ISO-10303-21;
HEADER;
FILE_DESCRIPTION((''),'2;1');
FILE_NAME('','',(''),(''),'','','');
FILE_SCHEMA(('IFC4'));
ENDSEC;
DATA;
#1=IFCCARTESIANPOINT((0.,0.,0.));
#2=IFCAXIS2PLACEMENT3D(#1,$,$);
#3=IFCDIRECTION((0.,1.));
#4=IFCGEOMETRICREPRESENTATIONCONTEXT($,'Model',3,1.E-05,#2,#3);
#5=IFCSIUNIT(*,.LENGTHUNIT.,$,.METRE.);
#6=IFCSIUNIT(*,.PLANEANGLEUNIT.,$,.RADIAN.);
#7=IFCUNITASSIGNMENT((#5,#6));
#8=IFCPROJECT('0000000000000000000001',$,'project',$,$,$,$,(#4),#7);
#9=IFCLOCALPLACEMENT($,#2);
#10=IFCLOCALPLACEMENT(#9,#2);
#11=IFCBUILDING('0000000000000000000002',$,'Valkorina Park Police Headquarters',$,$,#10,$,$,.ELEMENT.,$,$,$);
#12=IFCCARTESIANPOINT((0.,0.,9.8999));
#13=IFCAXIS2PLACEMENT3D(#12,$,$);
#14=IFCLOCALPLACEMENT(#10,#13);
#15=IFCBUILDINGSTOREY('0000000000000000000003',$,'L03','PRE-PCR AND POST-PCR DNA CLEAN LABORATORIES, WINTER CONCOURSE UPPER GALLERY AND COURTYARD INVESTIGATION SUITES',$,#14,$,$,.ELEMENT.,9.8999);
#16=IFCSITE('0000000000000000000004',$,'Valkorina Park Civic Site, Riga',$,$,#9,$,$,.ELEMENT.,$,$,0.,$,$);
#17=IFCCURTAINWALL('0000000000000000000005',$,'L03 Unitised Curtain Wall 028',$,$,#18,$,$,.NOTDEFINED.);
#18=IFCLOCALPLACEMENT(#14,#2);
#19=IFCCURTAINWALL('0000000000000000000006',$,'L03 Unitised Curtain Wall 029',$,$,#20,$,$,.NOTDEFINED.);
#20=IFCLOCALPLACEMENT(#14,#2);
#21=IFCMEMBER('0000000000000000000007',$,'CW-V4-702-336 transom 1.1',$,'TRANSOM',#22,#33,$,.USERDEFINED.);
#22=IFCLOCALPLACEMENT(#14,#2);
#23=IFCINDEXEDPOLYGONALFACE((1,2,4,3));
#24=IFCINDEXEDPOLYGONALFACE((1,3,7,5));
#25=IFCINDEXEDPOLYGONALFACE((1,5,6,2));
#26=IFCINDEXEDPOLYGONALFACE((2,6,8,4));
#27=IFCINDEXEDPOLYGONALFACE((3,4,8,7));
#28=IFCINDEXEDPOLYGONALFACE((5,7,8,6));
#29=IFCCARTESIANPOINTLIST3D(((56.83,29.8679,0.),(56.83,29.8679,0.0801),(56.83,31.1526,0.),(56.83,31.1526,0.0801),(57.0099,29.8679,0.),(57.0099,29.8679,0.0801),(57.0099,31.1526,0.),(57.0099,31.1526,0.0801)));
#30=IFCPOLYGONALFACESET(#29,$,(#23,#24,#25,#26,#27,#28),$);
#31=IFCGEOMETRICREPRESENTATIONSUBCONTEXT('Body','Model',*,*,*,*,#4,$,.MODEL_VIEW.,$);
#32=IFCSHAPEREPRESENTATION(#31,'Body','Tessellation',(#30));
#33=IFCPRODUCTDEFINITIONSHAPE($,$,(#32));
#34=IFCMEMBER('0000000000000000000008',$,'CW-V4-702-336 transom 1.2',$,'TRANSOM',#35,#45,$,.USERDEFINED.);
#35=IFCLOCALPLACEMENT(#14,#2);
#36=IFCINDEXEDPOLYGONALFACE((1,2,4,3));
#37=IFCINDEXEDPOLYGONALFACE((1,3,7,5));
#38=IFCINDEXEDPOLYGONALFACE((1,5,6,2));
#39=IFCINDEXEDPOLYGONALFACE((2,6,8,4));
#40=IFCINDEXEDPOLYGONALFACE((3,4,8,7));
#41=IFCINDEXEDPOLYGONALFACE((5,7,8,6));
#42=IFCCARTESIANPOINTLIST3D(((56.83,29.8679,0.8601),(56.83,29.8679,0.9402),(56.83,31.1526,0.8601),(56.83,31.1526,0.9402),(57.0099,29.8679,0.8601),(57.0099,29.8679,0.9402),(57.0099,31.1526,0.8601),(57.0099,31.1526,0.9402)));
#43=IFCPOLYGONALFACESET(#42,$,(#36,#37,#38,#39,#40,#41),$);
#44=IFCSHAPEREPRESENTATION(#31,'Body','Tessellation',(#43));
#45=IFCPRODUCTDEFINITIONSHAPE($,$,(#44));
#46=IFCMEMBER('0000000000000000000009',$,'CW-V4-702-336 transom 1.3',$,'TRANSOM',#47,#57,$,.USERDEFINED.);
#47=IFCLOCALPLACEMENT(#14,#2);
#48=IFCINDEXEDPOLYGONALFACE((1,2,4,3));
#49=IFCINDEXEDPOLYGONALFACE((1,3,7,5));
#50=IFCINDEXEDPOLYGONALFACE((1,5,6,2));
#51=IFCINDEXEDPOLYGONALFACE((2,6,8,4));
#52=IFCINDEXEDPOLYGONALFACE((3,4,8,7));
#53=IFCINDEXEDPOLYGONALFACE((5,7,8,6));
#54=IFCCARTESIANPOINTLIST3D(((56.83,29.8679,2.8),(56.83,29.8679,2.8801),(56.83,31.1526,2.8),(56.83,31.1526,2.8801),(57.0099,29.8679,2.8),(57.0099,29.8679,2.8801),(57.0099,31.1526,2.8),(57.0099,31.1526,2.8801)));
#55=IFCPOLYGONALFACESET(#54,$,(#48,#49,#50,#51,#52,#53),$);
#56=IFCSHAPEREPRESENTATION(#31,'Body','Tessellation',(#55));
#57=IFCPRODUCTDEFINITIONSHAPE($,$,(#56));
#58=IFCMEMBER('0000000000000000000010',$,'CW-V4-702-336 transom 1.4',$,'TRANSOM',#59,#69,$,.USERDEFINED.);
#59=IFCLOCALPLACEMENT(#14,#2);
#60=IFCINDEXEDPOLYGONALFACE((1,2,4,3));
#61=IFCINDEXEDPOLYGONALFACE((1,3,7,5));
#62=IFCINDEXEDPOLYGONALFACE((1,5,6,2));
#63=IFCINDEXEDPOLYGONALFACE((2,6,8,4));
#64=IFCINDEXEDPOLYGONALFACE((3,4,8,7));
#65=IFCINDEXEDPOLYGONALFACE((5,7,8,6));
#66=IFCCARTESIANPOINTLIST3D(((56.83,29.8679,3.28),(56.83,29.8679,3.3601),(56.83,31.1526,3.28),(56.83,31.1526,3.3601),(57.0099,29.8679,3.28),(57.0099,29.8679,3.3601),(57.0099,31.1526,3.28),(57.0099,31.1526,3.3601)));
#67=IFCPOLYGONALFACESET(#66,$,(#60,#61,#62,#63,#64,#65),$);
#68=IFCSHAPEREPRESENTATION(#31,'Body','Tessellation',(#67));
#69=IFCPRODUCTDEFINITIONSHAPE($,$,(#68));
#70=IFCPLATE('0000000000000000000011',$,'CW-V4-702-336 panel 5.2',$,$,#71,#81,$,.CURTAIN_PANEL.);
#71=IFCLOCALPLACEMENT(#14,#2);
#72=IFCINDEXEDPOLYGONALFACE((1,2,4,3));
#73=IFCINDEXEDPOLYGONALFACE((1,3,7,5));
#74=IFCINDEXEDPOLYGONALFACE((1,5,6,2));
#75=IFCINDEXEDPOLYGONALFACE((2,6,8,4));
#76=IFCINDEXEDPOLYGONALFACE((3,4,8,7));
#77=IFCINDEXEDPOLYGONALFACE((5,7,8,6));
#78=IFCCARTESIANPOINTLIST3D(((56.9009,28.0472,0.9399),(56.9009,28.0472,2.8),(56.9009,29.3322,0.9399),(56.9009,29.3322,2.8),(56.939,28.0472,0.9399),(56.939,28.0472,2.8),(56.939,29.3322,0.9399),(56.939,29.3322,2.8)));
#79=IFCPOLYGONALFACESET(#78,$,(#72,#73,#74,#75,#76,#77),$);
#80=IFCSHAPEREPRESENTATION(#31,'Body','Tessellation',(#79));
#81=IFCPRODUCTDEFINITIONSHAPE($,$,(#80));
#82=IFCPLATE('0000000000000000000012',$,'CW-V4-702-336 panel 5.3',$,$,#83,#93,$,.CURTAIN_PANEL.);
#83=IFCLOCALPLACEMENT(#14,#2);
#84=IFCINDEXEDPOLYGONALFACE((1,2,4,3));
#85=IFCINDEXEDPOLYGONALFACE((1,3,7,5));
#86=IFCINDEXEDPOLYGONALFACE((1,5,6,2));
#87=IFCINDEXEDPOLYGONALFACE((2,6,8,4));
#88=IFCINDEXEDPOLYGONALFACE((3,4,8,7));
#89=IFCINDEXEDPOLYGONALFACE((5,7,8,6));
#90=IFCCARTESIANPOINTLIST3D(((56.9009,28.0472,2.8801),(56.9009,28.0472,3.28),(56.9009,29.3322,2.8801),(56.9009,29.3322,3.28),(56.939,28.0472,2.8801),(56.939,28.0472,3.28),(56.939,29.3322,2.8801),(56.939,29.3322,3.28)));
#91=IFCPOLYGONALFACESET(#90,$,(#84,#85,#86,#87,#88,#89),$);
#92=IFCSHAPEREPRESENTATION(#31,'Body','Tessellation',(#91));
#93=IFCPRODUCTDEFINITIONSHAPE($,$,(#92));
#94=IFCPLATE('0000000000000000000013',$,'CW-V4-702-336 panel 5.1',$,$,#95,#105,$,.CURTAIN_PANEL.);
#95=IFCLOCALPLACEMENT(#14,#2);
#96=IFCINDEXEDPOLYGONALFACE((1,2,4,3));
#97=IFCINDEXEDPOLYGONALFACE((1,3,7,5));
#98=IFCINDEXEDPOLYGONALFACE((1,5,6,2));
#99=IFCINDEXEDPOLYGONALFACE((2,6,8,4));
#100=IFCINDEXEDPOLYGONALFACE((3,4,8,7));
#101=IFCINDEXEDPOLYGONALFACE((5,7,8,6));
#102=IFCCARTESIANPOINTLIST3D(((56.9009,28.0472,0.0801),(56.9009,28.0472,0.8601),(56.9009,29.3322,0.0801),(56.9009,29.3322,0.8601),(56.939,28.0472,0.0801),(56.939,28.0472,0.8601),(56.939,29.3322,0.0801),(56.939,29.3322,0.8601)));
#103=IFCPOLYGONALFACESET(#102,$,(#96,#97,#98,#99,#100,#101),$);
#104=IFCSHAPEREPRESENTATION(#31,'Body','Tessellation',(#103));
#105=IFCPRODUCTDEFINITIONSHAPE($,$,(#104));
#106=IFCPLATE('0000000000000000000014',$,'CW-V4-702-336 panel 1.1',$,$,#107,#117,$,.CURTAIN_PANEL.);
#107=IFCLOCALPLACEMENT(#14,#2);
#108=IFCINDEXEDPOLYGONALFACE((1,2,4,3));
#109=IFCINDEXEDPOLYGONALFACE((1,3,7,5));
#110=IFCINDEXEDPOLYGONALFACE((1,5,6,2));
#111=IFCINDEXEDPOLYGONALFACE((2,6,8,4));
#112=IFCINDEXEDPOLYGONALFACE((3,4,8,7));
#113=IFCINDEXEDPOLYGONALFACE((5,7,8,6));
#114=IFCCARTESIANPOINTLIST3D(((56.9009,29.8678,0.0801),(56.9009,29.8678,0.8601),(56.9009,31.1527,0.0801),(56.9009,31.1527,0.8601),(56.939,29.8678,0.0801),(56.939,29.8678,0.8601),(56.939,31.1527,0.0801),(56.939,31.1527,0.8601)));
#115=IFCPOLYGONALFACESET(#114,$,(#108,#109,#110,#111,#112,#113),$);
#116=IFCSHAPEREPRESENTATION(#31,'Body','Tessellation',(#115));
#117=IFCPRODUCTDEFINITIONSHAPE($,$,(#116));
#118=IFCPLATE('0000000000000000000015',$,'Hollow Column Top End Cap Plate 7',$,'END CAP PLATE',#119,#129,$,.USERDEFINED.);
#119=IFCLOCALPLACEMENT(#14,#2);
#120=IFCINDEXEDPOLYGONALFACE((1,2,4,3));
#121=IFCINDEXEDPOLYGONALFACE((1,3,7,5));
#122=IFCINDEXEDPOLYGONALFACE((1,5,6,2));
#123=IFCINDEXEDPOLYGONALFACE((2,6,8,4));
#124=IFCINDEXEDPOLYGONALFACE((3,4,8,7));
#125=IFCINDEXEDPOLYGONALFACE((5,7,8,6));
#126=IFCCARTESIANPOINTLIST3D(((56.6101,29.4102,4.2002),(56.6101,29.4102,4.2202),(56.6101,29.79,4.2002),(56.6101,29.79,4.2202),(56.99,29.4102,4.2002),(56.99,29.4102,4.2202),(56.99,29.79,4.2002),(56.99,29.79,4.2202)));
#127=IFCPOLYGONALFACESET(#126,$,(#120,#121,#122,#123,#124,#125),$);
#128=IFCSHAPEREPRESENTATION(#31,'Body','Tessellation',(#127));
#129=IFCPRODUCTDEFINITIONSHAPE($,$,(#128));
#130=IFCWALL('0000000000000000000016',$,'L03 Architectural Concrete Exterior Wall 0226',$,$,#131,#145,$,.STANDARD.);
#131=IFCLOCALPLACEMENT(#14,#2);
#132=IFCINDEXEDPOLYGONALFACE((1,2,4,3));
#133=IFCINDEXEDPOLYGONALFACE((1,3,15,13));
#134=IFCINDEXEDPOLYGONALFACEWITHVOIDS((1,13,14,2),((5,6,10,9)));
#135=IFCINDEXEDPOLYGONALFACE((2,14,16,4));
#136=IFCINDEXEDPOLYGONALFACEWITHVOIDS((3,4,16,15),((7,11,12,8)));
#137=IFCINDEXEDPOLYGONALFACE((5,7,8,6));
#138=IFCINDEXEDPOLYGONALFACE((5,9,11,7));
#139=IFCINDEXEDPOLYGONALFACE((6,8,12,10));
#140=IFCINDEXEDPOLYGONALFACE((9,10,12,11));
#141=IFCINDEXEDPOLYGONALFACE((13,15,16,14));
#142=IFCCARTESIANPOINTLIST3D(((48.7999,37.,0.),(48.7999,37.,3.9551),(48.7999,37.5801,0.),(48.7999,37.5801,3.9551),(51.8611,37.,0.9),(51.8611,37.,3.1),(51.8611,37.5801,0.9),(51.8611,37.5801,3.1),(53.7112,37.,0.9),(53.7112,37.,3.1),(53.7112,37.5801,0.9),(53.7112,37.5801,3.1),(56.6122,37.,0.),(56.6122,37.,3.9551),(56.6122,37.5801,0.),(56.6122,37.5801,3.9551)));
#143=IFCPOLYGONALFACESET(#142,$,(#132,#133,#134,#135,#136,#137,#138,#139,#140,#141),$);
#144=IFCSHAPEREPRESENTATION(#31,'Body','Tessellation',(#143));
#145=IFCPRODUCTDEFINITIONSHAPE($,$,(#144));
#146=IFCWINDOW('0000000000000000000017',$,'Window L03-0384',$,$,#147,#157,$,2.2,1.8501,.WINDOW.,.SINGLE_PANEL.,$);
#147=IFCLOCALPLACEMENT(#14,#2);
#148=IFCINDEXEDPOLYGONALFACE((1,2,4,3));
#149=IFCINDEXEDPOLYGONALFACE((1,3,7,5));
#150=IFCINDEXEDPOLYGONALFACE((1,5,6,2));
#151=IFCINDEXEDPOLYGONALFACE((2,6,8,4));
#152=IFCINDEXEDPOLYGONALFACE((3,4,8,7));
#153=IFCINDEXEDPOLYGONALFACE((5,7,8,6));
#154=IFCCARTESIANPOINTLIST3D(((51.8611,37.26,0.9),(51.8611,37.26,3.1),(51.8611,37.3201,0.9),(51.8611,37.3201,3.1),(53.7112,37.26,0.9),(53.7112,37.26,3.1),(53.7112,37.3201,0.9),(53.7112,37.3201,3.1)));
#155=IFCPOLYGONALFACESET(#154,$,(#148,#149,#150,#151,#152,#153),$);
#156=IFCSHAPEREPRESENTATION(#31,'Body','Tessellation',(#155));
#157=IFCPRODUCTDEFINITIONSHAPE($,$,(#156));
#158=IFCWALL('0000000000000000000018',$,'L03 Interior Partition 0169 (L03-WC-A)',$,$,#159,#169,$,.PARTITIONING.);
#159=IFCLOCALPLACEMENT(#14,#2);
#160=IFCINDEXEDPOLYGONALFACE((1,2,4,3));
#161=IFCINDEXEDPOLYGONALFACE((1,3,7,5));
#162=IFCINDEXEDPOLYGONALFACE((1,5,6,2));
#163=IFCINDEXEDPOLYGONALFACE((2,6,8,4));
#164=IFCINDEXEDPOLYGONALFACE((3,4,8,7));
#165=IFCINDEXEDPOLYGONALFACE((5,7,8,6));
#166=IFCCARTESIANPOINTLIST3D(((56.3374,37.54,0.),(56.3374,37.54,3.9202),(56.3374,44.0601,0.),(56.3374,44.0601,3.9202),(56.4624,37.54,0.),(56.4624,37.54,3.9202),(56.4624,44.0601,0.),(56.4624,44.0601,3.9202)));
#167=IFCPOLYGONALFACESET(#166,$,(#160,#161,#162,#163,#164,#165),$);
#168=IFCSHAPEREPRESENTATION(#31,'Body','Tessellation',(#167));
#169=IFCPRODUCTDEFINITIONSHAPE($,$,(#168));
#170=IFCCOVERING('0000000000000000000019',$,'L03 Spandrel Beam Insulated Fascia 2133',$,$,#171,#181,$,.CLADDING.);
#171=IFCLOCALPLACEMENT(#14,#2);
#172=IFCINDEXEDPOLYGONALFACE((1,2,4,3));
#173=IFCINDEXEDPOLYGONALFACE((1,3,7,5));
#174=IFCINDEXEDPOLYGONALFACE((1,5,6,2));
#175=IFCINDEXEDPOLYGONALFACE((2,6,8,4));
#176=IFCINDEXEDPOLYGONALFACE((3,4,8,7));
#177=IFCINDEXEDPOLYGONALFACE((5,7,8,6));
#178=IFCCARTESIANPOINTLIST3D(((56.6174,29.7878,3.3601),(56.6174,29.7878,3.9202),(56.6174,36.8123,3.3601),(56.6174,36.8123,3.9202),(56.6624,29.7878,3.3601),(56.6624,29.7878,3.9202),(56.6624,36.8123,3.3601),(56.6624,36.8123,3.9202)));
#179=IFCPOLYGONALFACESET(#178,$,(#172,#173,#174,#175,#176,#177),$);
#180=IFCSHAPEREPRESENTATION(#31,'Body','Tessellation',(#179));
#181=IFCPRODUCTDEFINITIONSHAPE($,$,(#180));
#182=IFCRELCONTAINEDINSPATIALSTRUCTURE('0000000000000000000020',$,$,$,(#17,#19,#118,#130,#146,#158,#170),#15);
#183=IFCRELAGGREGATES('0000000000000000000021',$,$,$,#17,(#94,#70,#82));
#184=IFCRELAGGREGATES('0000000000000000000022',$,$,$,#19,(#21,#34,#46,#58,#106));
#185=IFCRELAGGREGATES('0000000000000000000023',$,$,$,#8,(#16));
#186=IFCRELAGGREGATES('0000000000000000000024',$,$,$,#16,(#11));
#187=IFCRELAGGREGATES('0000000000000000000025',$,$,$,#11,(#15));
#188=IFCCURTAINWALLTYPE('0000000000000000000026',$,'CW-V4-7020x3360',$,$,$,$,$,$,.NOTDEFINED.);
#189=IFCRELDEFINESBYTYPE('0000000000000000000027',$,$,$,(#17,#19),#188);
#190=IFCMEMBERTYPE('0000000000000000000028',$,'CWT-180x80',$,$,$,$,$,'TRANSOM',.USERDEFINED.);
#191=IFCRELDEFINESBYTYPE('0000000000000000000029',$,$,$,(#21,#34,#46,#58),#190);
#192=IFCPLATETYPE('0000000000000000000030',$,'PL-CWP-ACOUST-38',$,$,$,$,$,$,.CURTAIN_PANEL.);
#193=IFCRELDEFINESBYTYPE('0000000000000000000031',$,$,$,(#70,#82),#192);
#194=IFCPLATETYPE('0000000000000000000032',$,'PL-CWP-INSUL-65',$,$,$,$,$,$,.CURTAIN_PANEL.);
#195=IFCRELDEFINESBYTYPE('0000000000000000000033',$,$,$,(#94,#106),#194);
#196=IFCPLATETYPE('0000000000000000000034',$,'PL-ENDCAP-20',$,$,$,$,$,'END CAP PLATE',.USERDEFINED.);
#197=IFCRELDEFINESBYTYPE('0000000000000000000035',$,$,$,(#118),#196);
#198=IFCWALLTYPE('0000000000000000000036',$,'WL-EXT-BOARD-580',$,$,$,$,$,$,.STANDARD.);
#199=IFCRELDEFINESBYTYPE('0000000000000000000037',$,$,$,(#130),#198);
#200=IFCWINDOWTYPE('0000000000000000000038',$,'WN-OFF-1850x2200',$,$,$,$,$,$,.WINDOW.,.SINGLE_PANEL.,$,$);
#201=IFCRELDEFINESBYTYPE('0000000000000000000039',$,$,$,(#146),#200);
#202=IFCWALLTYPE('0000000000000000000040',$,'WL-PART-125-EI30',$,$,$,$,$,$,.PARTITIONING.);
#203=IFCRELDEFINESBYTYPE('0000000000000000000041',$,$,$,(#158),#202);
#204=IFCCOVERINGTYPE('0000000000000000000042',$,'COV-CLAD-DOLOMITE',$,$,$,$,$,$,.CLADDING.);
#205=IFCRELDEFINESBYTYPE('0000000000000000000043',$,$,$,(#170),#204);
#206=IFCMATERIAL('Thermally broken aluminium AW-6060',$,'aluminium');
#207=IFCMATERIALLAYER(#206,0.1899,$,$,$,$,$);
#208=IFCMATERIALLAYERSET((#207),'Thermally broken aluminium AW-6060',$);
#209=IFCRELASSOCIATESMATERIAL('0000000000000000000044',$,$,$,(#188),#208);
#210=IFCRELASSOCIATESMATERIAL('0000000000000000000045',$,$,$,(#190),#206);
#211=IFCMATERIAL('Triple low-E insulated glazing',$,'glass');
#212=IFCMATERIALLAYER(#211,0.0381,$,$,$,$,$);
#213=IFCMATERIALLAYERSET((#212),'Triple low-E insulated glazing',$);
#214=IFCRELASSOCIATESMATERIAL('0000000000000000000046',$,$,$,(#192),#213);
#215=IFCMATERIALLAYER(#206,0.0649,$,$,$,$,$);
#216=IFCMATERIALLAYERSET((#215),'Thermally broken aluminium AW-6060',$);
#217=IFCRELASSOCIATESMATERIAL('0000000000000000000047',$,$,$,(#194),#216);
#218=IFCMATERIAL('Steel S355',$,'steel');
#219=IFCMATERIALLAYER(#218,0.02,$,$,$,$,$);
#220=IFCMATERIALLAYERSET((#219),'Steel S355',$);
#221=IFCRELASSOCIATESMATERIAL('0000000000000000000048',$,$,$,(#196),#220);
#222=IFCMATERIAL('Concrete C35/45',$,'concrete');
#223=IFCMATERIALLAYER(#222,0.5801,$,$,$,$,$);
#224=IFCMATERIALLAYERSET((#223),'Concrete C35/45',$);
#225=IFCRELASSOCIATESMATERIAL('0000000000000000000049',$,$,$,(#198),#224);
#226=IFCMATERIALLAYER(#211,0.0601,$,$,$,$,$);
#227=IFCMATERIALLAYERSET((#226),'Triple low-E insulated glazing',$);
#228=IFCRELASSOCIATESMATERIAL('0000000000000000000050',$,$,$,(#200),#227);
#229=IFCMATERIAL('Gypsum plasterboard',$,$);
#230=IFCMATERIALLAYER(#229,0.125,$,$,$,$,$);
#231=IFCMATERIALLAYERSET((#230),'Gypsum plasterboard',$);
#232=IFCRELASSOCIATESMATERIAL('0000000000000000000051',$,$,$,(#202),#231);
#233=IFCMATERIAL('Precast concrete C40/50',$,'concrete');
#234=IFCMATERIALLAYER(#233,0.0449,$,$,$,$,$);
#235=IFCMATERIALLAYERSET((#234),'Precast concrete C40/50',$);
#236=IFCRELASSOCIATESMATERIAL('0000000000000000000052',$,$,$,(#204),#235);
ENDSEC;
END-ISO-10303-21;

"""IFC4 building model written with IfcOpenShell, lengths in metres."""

from ifc_helpers import new_model, si_unit, direction, frame, frame_2d, origin, origin_2d, place, context, subcontext, project, spatial, rectangle, extrude, material, layer, layer_set, material_profile, profile_set, type_object, element, fill, aggregate, save


model = new_model("IFC4")

# Units and contexts
model_context = context("Model", 3, precision=1e-05, world=origin(), true_north=direction((0.0, 1.0)))
body_context = subcontext(model_context, "Body", "Model", "MODEL_VIEW")
ifc_project = project(units=[si_unit("LENGTHUNIT", "METRE"), si_unit("PLANEANGLEUNIT", "RADIAN")], contexts=[model_context])

# Site, building, storey
site_placement = place(None, origin())
site = spatial("IfcSite", under=ifc_project, at=site_placement, Name="Valkorina Park Civic Site, Riga", CompositionType="ELEMENT", RefElevation=0.0)
building_placement = place(site_placement, origin())
building = spatial("IfcBuilding", under=site, at=building_placement, Name="Valkorina Park Police Headquarters", CompositionType="ELEMENT")
storey_placement = place(building_placement, frame((0.0, 0.0, 9.8999)))
storey = spatial("IfcBuildingStorey", under=building, at=storey_placement, Name="L03", Description="PRE-PCR AND POST-PCR DNA CLEAN LABORATORIES, WINTER CONCOURSE UPPER GALLERY AND COURTYARD INVESTIGATION SUITES", CompositionType="ELEMENT", Elevation=9.8999)

# Shared definitions
ifc_material_1 = material(Name="Steel S355", Category="steel")

# Curtain wall
ifc_material_2 = material(Name="Thermally broken aluminium AW-6060", Category="aluminium")
ifc_layer_1 = layer(ifc_material_2, 0.1899)
ifc_layer_set_1 = layer_set([ifc_layer_1], Name="Thermally broken aluminium AW-6060")
curtain_wall_type = type_object("IfcCurtainWallType", Name="CW-V4-7020x3360", PredefinedType="NOTDEFINED", material=ifc_layer_set_1)
curtain_wall_1_placement = place(storey_placement, origin())
curtain_wall_1 = element("IfcCurtainWall", 1, at=curtain_wall_1_placement, inside=storey, type_object=curtain_wall_type, Name="L03 Unitised Curtain Wall 028", PredefinedType="NOTDEFINED")

# Curtain wall
curtain_wall_2_placement = place(storey_placement, origin())
curtain_wall_2 = element("IfcCurtainWall", 2, at=curtain_wall_2_placement, inside=storey, type_object=curtain_wall_type, Name="L03 Unitised Curtain Wall 029", PredefinedType="NOTDEFINED")

# Members
ifc_material_profile_1 = material_profile(ifc_material_2, rectangle(XDim=0.1799, YDim=0.0801, at=origin_2d()), Name="CWT-03 180x80")
ifc_profile_set_1 = profile_set([ifc_material_profile_1], Name="Thermally broken aluminium AW-6060")
member_type_1 = type_object("IfcMemberType", Name="CWT-180x80", ElementType="TRANSOM", PredefinedType="USERDEFINED", material=ifc_profile_set_1)
member_1_placement = place(storey_placement, frame((56.9199, 29.8679, 0.04), z_axis=(0.0, 1.0, 0.0), x_axis=(-1.0, 0.0, 0.0)))
member_1 = element("IfcMember", 3, at=member_1_placement, type_object=member_type_1, Name="CW-V4-702-336 transom 1.1", ObjectType="TRANSOM", PredefinedType="USERDEFINED", context=body_context, shape_type="SweptSolid", body=[
    extrude(rectangle(XDim=0.1799, YDim=0.0801, at=origin_2d()), origin(), (0.0, 0.0, 1.0), 1.2847),
])
member_2_placement = place(storey_placement, frame((56.9199, 29.8679, 0.9001), z_axis=(0.0, 1.0, 0.0), x_axis=(-1.0, 0.0, 0.0)))
member_2 = element("IfcMember", 4, at=member_2_placement, type_object=member_type_1, Name="CW-V4-702-336 transom 1.2", ObjectType="TRANSOM", PredefinedType="USERDEFINED", context=body_context, shape_type="SweptSolid", body=[
    extrude(rectangle(XDim=0.1799, YDim=0.0801, at=origin_2d()), origin(), (0.0, 0.0, 1.0), 1.2847),
])
member_3_placement = place(storey_placement, frame((56.9199, 29.8679, 2.8401), z_axis=(0.0, 1.0, 0.0), x_axis=(-1.0, 0.0, 0.0)))
member_3 = element("IfcMember", 5, at=member_3_placement, type_object=member_type_1, Name="CW-V4-702-336 transom 1.3", ObjectType="TRANSOM", PredefinedType="USERDEFINED", context=body_context, shape_type="SweptSolid", body=[
    extrude(rectangle(XDim=0.1799, YDim=0.0801, at=origin_2d()), origin(), (0.0, 0.0, 1.0), 1.2847),
])
member_4_placement = place(storey_placement, frame((56.9199, 29.8679, 3.3201), z_axis=(0.0, 1.0, 0.0), x_axis=(-1.0, 0.0, 0.0)))
member_4 = element("IfcMember", 6, at=member_4_placement, type_object=member_type_1, Name="CW-V4-702-336 transom 1.4", ObjectType="TRANSOM", PredefinedType="USERDEFINED", context=body_context, shape_type="SweptSolid", body=[
    extrude(rectangle(XDim=0.1799, YDim=0.0801, at=origin_2d()), origin(), (0.0, 0.0, 1.0), 1.2847),
])

# Plates
ifc_material_3 = material(Name="Triple low-E insulated glazing", Category="glass")
ifc_layer_2 = layer(ifc_material_3, 0.0381)
ifc_layer_set_2 = layer_set([ifc_layer_2], Name="Triple low-E insulated glazing")
plate_type_1 = type_object("IfcPlateType", Name="PL-CWP-ACOUST-38", PredefinedType="CURTAIN_PANEL", material=ifc_layer_set_2)
plate_1_placement = place(storey_placement, frame((56.9199, 28.6897, 0.9399), z_axis=(0.0, 0.0, 1.0), x_axis=(0.0, 1.0, 0.0)))
plate_1 = element("IfcPlate", 7, at=plate_1_placement, type_object=plate_type_1, Name="CW-V4-702-336 panel 5.2", PredefinedType="CURTAIN_PANEL", context=body_context, shape_type="SweptSolid", body=[
    extrude(rectangle(XDim=1.2849, YDim=0.0381, at=origin_2d()), origin(), (0.0, 0.0, 1.0), 1.8601),
])
plate_2_placement = place(storey_placement, frame((56.9199, 28.6897, 2.8801), z_axis=(0.0, 0.0, 1.0), x_axis=(0.0, 1.0, 0.0)))
plate_2 = element("IfcPlate", 8, at=plate_2_placement, type_object=plate_type_1, Name="CW-V4-702-336 panel 5.3", PredefinedType="CURTAIN_PANEL", context=body_context, shape_type="SweptSolid", body=[
    extrude(rectangle(XDim=1.2849, YDim=0.0381, at=origin_2d()), origin(), (0.0, 0.0, 1.0), 0.3999),
])
ifc_layer_3 = layer(ifc_material_2, 0.0649)
ifc_layer_set_3 = layer_set([ifc_layer_3], Name="Thermally broken aluminium AW-6060")
plate_type_2 = type_object("IfcPlateType", Name="PL-CWP-INSUL-65", PredefinedType="CURTAIN_PANEL", material=ifc_layer_set_3)
plate_3_placement = place(storey_placement, frame((56.9199, 28.6897, 0.0801), z_axis=(0.0, 0.0, 1.0), x_axis=(0.0, 1.0, 0.0)))
plate_3 = element("IfcPlate", 9, at=plate_3_placement, type_object=plate_type_2, Name="CW-V4-702-336 panel 5.1", PredefinedType="CURTAIN_PANEL", context=body_context, shape_type="SweptSolid", body=[
    extrude(rectangle(XDim=1.2849, YDim=0.0381, at=origin_2d()), origin(), (0.0, 0.0, 1.0), 0.78),
])
aggregate(curtain_wall_1, [plate_3, plate_1, plate_2])
plate_4_placement = place(storey_placement, frame((56.9199, 30.5103, 0.0801), z_axis=(0.0, 0.0, 1.0), x_axis=(0.0, 1.0, 0.0)))
plate_4 = element("IfcPlate", 10, at=plate_4_placement, type_object=plate_type_2, Name="CW-V4-702-336 panel 1.1", PredefinedType="CURTAIN_PANEL", context=body_context, shape_type="SweptSolid", body=[
    extrude(rectangle(XDim=1.2849, YDim=0.0381, at=origin_2d()), origin(), (0.0, 0.0, 1.0), 0.78),
])
aggregate(curtain_wall_2, [member_1, member_2, member_3, member_4, plate_4])
ifc_layer_4 = layer(ifc_material_1, 0.02)
ifc_layer_set_4 = layer_set([ifc_layer_4], Name="Steel S355")
plate_type_3 = type_object("IfcPlateType", Name="PL-ENDCAP-20", ElementType="END CAP PLATE", PredefinedType="USERDEFINED", material=ifc_layer_set_4)
plate_5_placement = place(storey_placement, frame((56.8, 29.6001, 4.2002), z_axis=(0.0, 0.0, 1.0), x_axis=(1.0, 0.0, 0.0)))
element("IfcPlate", 11, at=plate_5_placement, inside=storey, type_object=plate_type_3, Name="Hollow Column Top End Cap Plate 7", ObjectType="END CAP PLATE", PredefinedType="USERDEFINED", context=body_context, shape_type="SweptSolid", body=[
    extrude(rectangle(XDim=0.3799, YDim=0.3799, at=origin_2d()), origin(), (0.0, 0.0, 1.0), 0.02),
])

# Wall, opening, window
ifc_material_4 = material(Name="Concrete C35/45", Category="concrete")
ifc_layer_5 = layer(ifc_material_4, 0.5801)
ifc_layer_set_5 = layer_set([ifc_layer_5], Name="Concrete C35/45")
wall_type_1 = type_object("IfcWallType", Name="WL-EXT-BOARD-580", PredefinedType="STANDARD", material=ifc_layer_set_5)
wall_1_placement = place(storey_placement, frame((56.6123, 37.29, 0.0), z_axis=(0.0, 0.0, 1.0), x_axis=(-1.0, 0.0, 0.0)))
wall_1 = element("IfcWall", 12, at=wall_1_placement, inside=storey, type_object=wall_type_1, Name="L03 Architectural Concrete Exterior Wall 0226", PredefinedType="STANDARD", context=body_context, shape_type="SweptSolid", body=[
    extrude(rectangle(XDim=7.8123, YDim=0.5801, at=frame_2d((3.9062, 0.0))), origin(), (0.0, 0.0, 1.0), 3.9551),
])
opening_placement = place(wall_1_placement, frame((2.9011, 0.0, 0.8999)))
opening = element("IfcOpeningElement", 13, at=opening_placement, cuts=wall_1, PredefinedType="OPENING", context=body_context, shape_type="SweptSolid", body=[
    extrude(rectangle(XDim=1.8501, YDim=2.2, at=frame_2d((0.925, 1.1001))), frame((0.0, 0.3, 0.0), z_axis=(0.0, -1.0, 0.0), x_axis=(1.0, 0.0, 0.0)), (0.0, 0.0, 1.0), 0.6001),
])
ifc_layer_6 = layer(ifc_material_3, 0.0601)
ifc_layer_set_6 = layer_set([ifc_layer_6], Name="Triple low-E insulated glazing")
window_type = type_object("IfcWindowType", Name="WN-OFF-1850x2200", PartitioningType="SINGLE_PANEL", PredefinedType="WINDOW", material=ifc_layer_set_6)
window_placement = place(opening_placement, origin())
window = element("IfcWindow", 14, at=window_placement, inside=storey, type_object=window_type, Name="Window L03-0384", OverallHeight=2.2, OverallWidth=1.8501, PartitioningType="SINGLE_PANEL", PredefinedType="WINDOW", context=body_context, shape_type="SweptSolid", body=[
    extrude(rectangle(XDim=1.8501, YDim=2.2, at=frame_2d((0.925, 1.1001))), frame((0.0, 0.03, 0.0), z_axis=(0.0, -1.0, 0.0), x_axis=(1.0, 0.0, 0.0)), (0.0, 0.0, 1.0), 0.0601),
])
fill(opening, window)

# Wall
ifc_material_5 = material(Name="Gypsum plasterboard")
ifc_layer_7 = layer(ifc_material_5, 0.125)
ifc_layer_set_7 = layer_set([ifc_layer_7], Name="Gypsum plasterboard")
wall_type_2 = type_object("IfcWallType", Name="WL-PART-125-EI30", PredefinedType="PARTITIONING", material=ifc_layer_set_7)
wall_2_placement = place(storey_placement, frame((56.3999, 37.54, 0.0), z_axis=(0.0, 0.0, 1.0), x_axis=(0.0, 1.0, 0.0)))
element("IfcWall", 15, at=wall_2_placement, inside=storey, type_object=wall_type_2, Name="L03 Interior Partition 0169 (L03-WC-A)", PredefinedType="PARTITIONING", context=body_context, shape_type="SweptSolid", body=[
    extrude(rectangle(XDim=6.52, YDim=0.125, at=frame_2d((3.26, 0.0))), origin(), (0.0, 0.0, 1.0), 3.9202),
])

# Covering
ifc_material_6 = material(Name="Precast concrete C40/50", Category="concrete")
ifc_layer_8 = layer(ifc_material_6, 0.0449)
ifc_layer_set_8 = layer_set([ifc_layer_8], Name="Precast concrete C40/50")
covering_type = type_object("IfcCoveringType", Name="COV-CLAD-DOLOMITE", PredefinedType="CLADDING", material=ifc_layer_set_8)
covering_1_placement = place(storey_placement, frame((56.6399, 29.7878, 3.3601), z_axis=(0.0, 0.0, 1.0), x_axis=(0.0, 1.0, 0.0)))
element("IfcCovering", 16, at=covering_1_placement, inside=storey, type_object=covering_type, Name="L03 Spandrel Beam Insulated Fascia 2133", PredefinedType="CLADDING", context=body_context, shape_type="SweptSolid", body=[
    extrude(rectangle(XDim=7.0244, YDim=0.0449, at=frame_2d((3.5122, 0.0))), origin(), (0.0, 0.0, 1.0), 0.5601),
])

save(model, "model.ifc")
